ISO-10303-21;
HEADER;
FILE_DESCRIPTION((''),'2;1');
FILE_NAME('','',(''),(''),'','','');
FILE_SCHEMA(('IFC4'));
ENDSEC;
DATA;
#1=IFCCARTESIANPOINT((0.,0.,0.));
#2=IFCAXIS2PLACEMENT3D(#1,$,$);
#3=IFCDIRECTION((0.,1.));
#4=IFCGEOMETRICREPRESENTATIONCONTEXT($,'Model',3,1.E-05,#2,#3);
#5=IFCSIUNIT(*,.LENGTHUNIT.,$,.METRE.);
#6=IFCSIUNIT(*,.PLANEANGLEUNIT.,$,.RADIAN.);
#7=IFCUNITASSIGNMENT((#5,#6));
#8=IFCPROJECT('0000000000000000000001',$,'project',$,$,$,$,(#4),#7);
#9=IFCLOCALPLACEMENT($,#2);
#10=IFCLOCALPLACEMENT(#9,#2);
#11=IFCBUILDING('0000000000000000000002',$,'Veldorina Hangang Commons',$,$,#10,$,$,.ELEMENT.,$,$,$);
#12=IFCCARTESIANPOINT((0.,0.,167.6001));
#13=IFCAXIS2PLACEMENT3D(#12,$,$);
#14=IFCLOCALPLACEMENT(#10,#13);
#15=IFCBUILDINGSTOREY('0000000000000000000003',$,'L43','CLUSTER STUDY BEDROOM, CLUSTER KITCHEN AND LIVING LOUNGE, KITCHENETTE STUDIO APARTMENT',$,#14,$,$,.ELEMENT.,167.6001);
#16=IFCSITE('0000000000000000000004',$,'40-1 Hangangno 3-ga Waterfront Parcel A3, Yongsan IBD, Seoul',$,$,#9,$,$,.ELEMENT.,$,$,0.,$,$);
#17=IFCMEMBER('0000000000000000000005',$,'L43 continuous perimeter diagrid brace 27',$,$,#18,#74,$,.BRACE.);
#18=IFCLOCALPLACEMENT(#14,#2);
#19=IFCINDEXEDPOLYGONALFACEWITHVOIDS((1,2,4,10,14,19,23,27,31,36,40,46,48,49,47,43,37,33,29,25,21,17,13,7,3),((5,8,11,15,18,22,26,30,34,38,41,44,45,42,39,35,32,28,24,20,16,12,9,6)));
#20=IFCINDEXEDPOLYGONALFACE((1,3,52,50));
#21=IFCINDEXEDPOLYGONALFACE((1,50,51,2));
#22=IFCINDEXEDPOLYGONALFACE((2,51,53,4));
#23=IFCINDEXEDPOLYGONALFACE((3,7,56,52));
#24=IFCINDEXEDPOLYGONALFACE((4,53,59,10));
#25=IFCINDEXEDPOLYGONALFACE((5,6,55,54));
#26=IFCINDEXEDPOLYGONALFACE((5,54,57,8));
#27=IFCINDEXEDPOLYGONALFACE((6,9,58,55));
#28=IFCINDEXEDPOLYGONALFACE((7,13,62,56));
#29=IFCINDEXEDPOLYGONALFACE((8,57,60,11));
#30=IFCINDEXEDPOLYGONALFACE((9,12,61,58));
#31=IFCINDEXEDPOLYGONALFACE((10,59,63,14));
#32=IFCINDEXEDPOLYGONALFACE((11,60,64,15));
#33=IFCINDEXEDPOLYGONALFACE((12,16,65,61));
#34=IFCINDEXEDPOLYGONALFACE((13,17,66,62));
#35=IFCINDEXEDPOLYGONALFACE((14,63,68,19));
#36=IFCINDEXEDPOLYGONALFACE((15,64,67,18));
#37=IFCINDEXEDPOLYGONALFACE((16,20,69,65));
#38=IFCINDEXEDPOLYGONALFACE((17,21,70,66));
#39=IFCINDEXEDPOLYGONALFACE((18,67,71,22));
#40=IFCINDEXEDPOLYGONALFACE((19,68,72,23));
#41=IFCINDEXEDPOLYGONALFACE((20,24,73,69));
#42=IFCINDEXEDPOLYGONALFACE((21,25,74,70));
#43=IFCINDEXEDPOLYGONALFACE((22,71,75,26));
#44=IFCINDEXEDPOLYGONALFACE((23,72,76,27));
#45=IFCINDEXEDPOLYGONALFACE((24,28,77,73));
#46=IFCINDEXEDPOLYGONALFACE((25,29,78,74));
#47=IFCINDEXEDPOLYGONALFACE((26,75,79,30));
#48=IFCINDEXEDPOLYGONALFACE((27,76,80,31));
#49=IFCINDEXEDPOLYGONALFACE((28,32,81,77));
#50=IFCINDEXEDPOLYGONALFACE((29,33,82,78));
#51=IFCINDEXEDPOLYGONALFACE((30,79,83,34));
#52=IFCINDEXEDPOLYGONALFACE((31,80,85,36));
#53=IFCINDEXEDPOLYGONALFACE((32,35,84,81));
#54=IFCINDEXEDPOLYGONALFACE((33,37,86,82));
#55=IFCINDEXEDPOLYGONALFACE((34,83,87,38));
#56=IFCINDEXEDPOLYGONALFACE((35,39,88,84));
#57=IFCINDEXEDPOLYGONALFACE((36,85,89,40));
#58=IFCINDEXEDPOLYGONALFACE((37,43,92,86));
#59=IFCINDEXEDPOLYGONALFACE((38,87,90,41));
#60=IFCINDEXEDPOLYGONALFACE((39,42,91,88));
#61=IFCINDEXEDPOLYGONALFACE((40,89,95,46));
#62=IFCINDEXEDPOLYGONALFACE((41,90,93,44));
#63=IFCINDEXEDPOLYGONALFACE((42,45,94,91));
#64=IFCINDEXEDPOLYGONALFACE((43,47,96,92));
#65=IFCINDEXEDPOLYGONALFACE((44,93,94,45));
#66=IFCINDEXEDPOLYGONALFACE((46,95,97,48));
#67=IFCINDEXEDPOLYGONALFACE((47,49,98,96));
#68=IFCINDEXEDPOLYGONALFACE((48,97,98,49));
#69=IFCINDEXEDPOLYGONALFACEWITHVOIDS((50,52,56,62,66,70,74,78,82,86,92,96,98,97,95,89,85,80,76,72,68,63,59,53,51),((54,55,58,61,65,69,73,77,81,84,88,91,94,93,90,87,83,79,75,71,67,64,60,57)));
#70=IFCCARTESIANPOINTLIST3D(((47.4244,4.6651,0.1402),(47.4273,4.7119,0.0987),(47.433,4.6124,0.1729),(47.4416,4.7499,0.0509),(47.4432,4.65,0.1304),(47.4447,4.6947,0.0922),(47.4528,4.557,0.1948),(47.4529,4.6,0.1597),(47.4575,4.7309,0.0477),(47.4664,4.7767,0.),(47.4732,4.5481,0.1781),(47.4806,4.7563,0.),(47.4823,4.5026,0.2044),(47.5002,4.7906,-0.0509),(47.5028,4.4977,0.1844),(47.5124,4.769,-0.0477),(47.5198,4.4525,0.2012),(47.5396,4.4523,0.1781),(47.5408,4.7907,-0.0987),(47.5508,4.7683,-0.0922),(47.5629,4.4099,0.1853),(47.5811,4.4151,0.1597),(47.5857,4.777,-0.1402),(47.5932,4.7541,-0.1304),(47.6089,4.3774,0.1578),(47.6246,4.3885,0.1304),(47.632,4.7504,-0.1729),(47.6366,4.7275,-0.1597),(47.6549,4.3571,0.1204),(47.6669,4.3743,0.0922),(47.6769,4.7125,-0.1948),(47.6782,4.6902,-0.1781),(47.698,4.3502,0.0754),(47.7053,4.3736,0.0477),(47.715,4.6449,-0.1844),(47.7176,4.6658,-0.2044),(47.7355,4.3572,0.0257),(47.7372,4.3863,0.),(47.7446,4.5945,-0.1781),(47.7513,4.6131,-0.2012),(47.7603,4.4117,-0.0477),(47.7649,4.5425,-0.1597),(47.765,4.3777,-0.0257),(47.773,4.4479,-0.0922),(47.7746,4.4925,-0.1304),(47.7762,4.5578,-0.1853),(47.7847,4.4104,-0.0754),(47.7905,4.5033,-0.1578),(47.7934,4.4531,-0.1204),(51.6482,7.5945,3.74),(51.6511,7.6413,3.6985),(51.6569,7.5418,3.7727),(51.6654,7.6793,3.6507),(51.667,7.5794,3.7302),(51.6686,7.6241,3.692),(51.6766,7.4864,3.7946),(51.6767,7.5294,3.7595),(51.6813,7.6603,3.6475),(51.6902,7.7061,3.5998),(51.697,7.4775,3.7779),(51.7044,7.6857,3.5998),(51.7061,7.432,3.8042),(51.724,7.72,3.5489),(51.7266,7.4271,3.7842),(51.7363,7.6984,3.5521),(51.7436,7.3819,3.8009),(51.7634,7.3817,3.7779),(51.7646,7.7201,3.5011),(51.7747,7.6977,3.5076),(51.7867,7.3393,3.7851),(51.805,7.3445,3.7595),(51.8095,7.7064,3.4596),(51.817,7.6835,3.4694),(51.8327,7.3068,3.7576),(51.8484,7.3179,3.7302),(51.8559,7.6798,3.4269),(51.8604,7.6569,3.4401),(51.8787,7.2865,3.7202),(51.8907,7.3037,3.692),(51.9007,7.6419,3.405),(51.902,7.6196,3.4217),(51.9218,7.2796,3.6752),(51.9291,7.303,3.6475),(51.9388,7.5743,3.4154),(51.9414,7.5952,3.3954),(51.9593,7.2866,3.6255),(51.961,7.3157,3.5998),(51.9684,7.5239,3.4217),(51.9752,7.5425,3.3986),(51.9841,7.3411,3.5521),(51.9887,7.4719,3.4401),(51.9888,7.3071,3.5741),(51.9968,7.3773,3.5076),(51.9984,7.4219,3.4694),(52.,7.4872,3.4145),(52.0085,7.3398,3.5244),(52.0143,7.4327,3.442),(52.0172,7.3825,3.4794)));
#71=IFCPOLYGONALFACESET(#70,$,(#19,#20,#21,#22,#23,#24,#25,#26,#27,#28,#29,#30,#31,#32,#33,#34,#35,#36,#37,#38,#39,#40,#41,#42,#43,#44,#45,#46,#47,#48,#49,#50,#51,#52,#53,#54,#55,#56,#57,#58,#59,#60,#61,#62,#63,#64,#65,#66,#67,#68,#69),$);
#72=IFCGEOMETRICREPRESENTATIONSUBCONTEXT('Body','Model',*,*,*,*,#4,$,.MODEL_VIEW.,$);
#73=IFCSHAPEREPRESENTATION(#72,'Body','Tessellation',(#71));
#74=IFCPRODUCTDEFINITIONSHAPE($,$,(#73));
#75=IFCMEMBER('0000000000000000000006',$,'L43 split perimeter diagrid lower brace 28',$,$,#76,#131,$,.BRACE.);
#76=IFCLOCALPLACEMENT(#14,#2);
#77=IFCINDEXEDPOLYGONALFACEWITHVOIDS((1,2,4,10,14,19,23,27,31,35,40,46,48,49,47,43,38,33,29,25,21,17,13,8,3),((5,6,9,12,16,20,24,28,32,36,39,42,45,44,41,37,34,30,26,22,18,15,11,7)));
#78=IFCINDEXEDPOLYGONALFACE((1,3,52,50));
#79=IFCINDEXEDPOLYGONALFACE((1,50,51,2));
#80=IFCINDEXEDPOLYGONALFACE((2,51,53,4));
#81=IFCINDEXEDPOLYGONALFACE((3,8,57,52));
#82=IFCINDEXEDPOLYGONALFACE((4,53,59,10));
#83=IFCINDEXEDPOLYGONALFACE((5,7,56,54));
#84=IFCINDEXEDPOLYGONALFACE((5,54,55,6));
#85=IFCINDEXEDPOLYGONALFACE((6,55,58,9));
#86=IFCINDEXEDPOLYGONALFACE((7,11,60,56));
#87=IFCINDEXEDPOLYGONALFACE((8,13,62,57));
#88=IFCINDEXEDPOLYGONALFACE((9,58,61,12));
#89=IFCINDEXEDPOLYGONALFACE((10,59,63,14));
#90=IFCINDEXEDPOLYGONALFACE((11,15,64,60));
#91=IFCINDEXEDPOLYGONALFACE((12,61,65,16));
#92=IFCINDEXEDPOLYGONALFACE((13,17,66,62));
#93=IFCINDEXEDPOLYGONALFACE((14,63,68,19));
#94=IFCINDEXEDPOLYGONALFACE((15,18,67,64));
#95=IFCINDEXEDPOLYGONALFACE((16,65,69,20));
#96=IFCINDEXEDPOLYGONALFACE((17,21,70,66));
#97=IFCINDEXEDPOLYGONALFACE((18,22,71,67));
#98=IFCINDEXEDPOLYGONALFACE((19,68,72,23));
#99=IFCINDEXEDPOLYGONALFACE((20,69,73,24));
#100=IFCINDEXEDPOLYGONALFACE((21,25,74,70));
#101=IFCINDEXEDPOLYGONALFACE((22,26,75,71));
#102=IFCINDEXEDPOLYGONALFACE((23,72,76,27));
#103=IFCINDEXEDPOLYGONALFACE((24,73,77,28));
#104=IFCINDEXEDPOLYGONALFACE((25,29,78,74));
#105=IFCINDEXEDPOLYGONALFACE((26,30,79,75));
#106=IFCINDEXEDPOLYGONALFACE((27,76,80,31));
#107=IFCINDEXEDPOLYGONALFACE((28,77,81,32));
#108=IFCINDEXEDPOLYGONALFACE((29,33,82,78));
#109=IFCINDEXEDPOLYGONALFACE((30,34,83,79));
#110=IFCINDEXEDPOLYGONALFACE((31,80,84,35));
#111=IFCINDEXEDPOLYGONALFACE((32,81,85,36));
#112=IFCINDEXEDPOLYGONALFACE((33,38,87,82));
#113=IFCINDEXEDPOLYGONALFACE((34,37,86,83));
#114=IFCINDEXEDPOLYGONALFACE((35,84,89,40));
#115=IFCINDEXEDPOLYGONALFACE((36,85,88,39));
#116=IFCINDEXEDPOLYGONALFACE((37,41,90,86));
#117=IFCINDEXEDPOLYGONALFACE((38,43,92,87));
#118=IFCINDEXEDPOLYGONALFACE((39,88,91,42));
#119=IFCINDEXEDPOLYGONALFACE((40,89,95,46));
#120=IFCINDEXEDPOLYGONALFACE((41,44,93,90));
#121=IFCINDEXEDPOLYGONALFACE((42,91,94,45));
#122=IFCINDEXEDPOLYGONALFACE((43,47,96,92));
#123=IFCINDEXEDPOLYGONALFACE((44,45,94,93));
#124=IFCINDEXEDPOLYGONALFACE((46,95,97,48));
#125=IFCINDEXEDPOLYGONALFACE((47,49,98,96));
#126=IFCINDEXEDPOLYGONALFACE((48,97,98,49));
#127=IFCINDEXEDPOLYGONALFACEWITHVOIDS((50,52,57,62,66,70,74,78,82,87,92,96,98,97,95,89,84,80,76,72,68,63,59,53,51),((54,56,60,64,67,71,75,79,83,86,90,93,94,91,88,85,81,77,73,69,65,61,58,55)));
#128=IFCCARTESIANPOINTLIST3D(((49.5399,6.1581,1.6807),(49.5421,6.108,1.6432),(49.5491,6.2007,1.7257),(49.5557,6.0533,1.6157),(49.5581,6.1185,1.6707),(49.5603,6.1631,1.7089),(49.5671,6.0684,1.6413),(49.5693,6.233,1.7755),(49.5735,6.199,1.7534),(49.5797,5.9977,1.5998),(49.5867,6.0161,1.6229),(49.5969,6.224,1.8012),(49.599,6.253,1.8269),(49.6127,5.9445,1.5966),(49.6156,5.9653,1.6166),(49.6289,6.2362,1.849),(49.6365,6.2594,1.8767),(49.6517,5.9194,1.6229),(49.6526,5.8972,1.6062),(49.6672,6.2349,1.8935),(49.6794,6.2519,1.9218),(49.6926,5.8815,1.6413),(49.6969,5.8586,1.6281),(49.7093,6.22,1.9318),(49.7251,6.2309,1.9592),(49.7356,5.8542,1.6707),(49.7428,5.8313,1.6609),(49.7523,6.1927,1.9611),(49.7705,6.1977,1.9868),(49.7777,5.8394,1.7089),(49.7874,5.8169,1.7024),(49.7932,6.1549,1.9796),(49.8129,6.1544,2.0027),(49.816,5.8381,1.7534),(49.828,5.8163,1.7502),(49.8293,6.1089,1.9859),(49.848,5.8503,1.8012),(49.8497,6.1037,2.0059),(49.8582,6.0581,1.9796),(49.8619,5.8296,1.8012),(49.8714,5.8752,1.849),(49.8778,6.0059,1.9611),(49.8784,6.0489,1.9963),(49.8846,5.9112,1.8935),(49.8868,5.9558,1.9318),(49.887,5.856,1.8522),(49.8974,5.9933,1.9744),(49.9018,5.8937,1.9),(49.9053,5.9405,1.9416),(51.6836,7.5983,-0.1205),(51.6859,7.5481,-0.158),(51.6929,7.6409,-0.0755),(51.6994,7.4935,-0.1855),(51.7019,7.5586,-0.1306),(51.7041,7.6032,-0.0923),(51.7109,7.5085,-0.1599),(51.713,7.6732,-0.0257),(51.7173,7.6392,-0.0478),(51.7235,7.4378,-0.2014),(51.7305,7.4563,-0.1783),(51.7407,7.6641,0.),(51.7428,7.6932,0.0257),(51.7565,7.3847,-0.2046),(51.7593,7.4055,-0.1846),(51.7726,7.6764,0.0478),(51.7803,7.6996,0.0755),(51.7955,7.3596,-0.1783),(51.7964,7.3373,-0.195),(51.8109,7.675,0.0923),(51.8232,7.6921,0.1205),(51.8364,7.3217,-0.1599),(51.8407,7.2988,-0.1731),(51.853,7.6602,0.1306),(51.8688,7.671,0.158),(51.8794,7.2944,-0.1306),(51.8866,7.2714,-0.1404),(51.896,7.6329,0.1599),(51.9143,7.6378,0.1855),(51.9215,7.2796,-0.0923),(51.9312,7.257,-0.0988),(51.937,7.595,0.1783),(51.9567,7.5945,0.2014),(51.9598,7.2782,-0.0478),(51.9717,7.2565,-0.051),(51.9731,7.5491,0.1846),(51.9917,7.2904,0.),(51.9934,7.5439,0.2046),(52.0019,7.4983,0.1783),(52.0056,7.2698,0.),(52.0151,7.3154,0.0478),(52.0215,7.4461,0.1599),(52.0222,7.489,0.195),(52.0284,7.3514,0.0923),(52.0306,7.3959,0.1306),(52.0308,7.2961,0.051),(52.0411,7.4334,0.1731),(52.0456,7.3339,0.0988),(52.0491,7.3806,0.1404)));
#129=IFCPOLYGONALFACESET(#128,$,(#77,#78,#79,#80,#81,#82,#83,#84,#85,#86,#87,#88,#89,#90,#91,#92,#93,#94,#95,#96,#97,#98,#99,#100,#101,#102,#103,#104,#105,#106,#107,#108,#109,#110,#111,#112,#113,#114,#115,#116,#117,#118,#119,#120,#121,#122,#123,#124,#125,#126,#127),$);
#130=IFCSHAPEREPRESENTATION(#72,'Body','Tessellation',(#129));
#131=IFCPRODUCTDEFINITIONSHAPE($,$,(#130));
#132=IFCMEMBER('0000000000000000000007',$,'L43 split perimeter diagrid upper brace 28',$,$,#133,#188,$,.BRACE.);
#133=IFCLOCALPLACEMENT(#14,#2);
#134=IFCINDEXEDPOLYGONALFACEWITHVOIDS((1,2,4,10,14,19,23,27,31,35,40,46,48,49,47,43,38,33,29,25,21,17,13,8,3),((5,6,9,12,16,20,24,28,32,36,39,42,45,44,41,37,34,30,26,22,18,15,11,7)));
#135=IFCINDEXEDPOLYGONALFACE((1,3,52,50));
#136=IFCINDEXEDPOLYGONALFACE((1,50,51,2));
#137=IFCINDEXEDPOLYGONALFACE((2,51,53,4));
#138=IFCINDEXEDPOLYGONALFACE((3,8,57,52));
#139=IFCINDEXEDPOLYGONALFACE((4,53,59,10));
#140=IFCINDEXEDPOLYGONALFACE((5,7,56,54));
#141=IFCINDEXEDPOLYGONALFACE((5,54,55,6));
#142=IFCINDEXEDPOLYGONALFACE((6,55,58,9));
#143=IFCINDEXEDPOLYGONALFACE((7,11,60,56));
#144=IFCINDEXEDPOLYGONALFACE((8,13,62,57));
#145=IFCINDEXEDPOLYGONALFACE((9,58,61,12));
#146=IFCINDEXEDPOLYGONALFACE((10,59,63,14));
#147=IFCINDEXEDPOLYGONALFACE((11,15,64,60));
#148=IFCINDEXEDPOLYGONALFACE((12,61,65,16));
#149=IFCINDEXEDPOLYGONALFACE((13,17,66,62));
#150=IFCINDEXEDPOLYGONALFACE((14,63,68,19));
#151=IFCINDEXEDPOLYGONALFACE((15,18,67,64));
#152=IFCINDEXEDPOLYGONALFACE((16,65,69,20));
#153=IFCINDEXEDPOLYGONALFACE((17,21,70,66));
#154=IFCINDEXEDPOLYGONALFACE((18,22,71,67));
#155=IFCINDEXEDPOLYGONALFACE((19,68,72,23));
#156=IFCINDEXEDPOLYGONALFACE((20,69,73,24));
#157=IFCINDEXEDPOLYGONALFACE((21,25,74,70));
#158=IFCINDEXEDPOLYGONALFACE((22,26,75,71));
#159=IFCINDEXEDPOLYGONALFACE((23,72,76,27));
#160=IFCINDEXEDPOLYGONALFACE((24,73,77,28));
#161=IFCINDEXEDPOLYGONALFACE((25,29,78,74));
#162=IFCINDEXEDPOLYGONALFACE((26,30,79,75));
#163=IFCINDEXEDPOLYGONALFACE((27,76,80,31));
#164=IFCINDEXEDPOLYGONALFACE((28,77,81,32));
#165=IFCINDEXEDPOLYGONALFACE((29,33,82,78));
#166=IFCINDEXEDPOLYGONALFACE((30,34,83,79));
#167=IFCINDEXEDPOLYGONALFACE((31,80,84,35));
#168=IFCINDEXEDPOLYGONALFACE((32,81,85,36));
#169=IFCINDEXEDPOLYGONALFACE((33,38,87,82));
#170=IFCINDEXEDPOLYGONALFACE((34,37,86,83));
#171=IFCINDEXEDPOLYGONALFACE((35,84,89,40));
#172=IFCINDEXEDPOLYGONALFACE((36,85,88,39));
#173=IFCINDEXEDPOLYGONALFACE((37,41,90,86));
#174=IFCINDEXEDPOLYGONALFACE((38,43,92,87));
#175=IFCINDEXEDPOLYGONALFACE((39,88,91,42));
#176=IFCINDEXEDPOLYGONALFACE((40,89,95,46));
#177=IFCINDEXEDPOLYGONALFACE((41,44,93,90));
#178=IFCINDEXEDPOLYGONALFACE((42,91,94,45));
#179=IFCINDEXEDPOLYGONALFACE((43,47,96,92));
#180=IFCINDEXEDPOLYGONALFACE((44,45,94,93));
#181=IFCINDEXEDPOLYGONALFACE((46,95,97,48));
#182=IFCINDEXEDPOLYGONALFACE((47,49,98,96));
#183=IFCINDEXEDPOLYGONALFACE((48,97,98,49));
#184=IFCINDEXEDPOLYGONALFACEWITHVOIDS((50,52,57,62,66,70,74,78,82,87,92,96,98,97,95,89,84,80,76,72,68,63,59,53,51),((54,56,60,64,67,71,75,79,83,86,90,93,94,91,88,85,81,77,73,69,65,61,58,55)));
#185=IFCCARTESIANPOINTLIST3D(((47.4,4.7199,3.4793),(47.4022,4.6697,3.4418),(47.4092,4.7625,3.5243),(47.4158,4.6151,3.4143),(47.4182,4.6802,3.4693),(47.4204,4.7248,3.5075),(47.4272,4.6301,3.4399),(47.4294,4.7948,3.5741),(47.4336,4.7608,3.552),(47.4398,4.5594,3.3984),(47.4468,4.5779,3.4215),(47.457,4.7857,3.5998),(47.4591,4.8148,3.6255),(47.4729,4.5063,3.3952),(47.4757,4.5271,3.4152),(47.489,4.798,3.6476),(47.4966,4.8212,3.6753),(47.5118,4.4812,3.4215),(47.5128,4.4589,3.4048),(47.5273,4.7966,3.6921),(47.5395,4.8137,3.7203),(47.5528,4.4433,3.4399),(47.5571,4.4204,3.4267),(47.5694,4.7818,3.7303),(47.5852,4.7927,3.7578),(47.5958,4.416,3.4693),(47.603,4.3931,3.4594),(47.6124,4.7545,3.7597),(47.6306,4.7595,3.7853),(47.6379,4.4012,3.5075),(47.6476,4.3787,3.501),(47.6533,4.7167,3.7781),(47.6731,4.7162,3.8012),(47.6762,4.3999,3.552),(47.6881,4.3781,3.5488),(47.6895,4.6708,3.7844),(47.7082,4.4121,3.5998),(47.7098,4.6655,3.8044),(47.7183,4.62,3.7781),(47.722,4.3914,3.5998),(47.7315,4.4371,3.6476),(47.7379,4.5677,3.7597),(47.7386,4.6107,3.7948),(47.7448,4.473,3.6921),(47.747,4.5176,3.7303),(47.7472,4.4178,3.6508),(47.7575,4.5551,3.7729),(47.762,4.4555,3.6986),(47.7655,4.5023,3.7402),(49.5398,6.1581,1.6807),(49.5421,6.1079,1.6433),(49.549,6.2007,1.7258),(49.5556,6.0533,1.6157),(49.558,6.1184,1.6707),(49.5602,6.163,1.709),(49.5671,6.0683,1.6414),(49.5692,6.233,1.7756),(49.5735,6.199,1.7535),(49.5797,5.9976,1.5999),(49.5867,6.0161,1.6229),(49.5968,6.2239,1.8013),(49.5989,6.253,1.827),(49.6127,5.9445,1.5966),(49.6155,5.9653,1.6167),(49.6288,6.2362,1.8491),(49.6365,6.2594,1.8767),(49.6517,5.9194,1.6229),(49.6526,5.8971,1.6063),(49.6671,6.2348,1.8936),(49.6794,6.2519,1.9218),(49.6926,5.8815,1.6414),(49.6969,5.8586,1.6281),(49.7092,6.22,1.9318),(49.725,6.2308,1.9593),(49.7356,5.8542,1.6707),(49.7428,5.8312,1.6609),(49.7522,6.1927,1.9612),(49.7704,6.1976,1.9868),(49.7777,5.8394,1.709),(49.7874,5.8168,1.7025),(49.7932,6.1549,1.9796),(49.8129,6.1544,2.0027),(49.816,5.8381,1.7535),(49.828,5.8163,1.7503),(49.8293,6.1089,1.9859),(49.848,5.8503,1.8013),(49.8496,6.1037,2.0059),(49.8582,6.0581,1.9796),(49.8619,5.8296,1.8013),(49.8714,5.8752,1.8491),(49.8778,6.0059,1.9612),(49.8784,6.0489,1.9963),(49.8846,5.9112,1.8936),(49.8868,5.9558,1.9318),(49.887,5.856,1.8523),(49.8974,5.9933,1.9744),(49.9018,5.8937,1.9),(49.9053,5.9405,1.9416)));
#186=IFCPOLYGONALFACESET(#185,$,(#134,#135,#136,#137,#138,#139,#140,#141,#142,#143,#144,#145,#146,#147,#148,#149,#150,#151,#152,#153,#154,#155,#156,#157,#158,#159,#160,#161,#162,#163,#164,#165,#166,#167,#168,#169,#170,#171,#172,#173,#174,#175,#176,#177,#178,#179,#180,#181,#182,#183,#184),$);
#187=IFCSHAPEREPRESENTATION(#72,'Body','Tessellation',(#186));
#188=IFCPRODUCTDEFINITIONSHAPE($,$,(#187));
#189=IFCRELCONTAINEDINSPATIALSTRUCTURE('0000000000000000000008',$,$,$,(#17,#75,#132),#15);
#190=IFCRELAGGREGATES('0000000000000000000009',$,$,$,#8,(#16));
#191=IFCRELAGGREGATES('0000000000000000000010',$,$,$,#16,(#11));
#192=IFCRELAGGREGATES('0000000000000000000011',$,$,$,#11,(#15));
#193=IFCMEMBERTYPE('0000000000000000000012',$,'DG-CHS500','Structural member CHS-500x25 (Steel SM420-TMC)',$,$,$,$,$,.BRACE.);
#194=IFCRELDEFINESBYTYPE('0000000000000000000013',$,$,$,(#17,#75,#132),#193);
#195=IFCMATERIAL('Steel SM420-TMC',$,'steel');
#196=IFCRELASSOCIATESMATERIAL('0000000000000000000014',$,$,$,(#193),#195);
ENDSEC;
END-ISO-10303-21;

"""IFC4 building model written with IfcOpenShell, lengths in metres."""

from ifc_helpers import new_model, si_unit, direction, frame, origin, origin_2d, place, context, subcontext, project, spatial, hollow_circle, extrude, material, material_profile, profile_set, type_object, element, save


model = new_model("IFC4")

# Units and contexts
model_context = context("Model", 3, precision=1e-05, world=origin(), true_north=direction((0.0, 1.0)))
body_context = subcontext(model_context, "Body", "Model", "MODEL_VIEW")
ifc_project = project(units=[si_unit("LENGTHUNIT", "METRE"), si_unit("PLANEANGLEUNIT", "RADIAN")], contexts=[model_context])

# Site, building, storey
site_placement = place(None, origin())
site = spatial("IfcSite", under=ifc_project, at=site_placement, Name="40-1 Hangangno 3-ga Waterfront Parcel A3, Yongsan IBD, Seoul", CompositionType="ELEMENT", RefElevation=0.0)
building_placement = place(site_placement, origin())
building = spatial("IfcBuilding", under=site, at=building_placement, Name="Veldorina Hangang Commons", CompositionType="ELEMENT")
storey_placement = place(building_placement, frame((0.0, 0.0, 167.6001)))
storey = spatial("IfcBuildingStorey", under=building, at=storey_placement, Name="L43", Description="CLUSTER STUDY BEDROOM, CLUSTER KITCHEN AND LIVING LOUNGE, KITCHENETTE STUDIO APARTMENT", CompositionType="ELEMENT", Elevation=167.6001)

# Shared definitions
ifc_material_1 = material(Name="Steel SM420-TMC", Category="steel")

# Members
ifc_material_profile_1 = material_profile(ifc_material_1, hollow_circle(Radius=0.25, WallThickness=0.0249, at=origin_2d()), Name="CHS-500x25")
ifc_profile_set_1 = profile_set([ifc_material_profile_1], Name="Steel SM420-TMC")
member_type_1 = type_object("IfcMemberType", Name="DG-CHS500", Description="Structural member CHS-500x25 (Steel SM420-TMC)", PredefinedType="BRACE", material=ifc_profile_set_1)
member_1_placement = place(storey_placement, frame((47.6089, 4.5713, 0.0), z_axis=(0.673076, 0.466807, 0.573637), x_axis=(-0.569896, 0.821717, 0.0)))
element("IfcMember", 1, at=member_1_placement, inside=storey, type_object=member_type_1, Name="L43 continuous perimeter diagrid brace 27", PredefinedType="BRACE", context=body_context, shape_type="SweptSolid", body=[
    extrude(hollow_circle(Radius=0.25, WallThickness=0.0249, at=origin_2d()), origin(), (0.0, 0.0, 1.0), 6.2754),
])
member_2_placement = place(storey_placement, frame((51.8662, 7.4773, 0.0), z_axis=(-0.680843, -0.457384, 0.57206), x_axis=(0.557642, -0.830082, 0.0)))
element("IfcMember", 2, at=member_2_placement, inside=storey, type_object=member_type_1, Name="L43 split perimeter diagrid lower brace 28", PredefinedType="BRACE", context=body_context, shape_type="SweptSolid", body=[
    extrude(hollow_circle(Radius=0.25, WallThickness=0.0249, at=origin_2d()), origin(), (0.0, 0.0, 1.0), 3.1487),
])
member_3_placement = place(storey_placement, frame((49.7224, 6.0371, 1.8013), z_axis=(-0.680702, -0.457503, 0.572132), x_axis=(0.557821, -0.829961, 0.0)))
element("IfcMember", 3, at=member_3_placement, inside=storey, type_object=member_type_1, Name="L43 split perimeter diagrid upper brace 28", PredefinedType="BRACE", context=body_context, shape_type="SweptSolid", body=[
    extrude(hollow_circle(Radius=0.25, WallThickness=0.0249, at=origin_2d()), origin(), (0.0, 0.0, 1.0), 3.1436),
])

save(model, "model.ifc")
